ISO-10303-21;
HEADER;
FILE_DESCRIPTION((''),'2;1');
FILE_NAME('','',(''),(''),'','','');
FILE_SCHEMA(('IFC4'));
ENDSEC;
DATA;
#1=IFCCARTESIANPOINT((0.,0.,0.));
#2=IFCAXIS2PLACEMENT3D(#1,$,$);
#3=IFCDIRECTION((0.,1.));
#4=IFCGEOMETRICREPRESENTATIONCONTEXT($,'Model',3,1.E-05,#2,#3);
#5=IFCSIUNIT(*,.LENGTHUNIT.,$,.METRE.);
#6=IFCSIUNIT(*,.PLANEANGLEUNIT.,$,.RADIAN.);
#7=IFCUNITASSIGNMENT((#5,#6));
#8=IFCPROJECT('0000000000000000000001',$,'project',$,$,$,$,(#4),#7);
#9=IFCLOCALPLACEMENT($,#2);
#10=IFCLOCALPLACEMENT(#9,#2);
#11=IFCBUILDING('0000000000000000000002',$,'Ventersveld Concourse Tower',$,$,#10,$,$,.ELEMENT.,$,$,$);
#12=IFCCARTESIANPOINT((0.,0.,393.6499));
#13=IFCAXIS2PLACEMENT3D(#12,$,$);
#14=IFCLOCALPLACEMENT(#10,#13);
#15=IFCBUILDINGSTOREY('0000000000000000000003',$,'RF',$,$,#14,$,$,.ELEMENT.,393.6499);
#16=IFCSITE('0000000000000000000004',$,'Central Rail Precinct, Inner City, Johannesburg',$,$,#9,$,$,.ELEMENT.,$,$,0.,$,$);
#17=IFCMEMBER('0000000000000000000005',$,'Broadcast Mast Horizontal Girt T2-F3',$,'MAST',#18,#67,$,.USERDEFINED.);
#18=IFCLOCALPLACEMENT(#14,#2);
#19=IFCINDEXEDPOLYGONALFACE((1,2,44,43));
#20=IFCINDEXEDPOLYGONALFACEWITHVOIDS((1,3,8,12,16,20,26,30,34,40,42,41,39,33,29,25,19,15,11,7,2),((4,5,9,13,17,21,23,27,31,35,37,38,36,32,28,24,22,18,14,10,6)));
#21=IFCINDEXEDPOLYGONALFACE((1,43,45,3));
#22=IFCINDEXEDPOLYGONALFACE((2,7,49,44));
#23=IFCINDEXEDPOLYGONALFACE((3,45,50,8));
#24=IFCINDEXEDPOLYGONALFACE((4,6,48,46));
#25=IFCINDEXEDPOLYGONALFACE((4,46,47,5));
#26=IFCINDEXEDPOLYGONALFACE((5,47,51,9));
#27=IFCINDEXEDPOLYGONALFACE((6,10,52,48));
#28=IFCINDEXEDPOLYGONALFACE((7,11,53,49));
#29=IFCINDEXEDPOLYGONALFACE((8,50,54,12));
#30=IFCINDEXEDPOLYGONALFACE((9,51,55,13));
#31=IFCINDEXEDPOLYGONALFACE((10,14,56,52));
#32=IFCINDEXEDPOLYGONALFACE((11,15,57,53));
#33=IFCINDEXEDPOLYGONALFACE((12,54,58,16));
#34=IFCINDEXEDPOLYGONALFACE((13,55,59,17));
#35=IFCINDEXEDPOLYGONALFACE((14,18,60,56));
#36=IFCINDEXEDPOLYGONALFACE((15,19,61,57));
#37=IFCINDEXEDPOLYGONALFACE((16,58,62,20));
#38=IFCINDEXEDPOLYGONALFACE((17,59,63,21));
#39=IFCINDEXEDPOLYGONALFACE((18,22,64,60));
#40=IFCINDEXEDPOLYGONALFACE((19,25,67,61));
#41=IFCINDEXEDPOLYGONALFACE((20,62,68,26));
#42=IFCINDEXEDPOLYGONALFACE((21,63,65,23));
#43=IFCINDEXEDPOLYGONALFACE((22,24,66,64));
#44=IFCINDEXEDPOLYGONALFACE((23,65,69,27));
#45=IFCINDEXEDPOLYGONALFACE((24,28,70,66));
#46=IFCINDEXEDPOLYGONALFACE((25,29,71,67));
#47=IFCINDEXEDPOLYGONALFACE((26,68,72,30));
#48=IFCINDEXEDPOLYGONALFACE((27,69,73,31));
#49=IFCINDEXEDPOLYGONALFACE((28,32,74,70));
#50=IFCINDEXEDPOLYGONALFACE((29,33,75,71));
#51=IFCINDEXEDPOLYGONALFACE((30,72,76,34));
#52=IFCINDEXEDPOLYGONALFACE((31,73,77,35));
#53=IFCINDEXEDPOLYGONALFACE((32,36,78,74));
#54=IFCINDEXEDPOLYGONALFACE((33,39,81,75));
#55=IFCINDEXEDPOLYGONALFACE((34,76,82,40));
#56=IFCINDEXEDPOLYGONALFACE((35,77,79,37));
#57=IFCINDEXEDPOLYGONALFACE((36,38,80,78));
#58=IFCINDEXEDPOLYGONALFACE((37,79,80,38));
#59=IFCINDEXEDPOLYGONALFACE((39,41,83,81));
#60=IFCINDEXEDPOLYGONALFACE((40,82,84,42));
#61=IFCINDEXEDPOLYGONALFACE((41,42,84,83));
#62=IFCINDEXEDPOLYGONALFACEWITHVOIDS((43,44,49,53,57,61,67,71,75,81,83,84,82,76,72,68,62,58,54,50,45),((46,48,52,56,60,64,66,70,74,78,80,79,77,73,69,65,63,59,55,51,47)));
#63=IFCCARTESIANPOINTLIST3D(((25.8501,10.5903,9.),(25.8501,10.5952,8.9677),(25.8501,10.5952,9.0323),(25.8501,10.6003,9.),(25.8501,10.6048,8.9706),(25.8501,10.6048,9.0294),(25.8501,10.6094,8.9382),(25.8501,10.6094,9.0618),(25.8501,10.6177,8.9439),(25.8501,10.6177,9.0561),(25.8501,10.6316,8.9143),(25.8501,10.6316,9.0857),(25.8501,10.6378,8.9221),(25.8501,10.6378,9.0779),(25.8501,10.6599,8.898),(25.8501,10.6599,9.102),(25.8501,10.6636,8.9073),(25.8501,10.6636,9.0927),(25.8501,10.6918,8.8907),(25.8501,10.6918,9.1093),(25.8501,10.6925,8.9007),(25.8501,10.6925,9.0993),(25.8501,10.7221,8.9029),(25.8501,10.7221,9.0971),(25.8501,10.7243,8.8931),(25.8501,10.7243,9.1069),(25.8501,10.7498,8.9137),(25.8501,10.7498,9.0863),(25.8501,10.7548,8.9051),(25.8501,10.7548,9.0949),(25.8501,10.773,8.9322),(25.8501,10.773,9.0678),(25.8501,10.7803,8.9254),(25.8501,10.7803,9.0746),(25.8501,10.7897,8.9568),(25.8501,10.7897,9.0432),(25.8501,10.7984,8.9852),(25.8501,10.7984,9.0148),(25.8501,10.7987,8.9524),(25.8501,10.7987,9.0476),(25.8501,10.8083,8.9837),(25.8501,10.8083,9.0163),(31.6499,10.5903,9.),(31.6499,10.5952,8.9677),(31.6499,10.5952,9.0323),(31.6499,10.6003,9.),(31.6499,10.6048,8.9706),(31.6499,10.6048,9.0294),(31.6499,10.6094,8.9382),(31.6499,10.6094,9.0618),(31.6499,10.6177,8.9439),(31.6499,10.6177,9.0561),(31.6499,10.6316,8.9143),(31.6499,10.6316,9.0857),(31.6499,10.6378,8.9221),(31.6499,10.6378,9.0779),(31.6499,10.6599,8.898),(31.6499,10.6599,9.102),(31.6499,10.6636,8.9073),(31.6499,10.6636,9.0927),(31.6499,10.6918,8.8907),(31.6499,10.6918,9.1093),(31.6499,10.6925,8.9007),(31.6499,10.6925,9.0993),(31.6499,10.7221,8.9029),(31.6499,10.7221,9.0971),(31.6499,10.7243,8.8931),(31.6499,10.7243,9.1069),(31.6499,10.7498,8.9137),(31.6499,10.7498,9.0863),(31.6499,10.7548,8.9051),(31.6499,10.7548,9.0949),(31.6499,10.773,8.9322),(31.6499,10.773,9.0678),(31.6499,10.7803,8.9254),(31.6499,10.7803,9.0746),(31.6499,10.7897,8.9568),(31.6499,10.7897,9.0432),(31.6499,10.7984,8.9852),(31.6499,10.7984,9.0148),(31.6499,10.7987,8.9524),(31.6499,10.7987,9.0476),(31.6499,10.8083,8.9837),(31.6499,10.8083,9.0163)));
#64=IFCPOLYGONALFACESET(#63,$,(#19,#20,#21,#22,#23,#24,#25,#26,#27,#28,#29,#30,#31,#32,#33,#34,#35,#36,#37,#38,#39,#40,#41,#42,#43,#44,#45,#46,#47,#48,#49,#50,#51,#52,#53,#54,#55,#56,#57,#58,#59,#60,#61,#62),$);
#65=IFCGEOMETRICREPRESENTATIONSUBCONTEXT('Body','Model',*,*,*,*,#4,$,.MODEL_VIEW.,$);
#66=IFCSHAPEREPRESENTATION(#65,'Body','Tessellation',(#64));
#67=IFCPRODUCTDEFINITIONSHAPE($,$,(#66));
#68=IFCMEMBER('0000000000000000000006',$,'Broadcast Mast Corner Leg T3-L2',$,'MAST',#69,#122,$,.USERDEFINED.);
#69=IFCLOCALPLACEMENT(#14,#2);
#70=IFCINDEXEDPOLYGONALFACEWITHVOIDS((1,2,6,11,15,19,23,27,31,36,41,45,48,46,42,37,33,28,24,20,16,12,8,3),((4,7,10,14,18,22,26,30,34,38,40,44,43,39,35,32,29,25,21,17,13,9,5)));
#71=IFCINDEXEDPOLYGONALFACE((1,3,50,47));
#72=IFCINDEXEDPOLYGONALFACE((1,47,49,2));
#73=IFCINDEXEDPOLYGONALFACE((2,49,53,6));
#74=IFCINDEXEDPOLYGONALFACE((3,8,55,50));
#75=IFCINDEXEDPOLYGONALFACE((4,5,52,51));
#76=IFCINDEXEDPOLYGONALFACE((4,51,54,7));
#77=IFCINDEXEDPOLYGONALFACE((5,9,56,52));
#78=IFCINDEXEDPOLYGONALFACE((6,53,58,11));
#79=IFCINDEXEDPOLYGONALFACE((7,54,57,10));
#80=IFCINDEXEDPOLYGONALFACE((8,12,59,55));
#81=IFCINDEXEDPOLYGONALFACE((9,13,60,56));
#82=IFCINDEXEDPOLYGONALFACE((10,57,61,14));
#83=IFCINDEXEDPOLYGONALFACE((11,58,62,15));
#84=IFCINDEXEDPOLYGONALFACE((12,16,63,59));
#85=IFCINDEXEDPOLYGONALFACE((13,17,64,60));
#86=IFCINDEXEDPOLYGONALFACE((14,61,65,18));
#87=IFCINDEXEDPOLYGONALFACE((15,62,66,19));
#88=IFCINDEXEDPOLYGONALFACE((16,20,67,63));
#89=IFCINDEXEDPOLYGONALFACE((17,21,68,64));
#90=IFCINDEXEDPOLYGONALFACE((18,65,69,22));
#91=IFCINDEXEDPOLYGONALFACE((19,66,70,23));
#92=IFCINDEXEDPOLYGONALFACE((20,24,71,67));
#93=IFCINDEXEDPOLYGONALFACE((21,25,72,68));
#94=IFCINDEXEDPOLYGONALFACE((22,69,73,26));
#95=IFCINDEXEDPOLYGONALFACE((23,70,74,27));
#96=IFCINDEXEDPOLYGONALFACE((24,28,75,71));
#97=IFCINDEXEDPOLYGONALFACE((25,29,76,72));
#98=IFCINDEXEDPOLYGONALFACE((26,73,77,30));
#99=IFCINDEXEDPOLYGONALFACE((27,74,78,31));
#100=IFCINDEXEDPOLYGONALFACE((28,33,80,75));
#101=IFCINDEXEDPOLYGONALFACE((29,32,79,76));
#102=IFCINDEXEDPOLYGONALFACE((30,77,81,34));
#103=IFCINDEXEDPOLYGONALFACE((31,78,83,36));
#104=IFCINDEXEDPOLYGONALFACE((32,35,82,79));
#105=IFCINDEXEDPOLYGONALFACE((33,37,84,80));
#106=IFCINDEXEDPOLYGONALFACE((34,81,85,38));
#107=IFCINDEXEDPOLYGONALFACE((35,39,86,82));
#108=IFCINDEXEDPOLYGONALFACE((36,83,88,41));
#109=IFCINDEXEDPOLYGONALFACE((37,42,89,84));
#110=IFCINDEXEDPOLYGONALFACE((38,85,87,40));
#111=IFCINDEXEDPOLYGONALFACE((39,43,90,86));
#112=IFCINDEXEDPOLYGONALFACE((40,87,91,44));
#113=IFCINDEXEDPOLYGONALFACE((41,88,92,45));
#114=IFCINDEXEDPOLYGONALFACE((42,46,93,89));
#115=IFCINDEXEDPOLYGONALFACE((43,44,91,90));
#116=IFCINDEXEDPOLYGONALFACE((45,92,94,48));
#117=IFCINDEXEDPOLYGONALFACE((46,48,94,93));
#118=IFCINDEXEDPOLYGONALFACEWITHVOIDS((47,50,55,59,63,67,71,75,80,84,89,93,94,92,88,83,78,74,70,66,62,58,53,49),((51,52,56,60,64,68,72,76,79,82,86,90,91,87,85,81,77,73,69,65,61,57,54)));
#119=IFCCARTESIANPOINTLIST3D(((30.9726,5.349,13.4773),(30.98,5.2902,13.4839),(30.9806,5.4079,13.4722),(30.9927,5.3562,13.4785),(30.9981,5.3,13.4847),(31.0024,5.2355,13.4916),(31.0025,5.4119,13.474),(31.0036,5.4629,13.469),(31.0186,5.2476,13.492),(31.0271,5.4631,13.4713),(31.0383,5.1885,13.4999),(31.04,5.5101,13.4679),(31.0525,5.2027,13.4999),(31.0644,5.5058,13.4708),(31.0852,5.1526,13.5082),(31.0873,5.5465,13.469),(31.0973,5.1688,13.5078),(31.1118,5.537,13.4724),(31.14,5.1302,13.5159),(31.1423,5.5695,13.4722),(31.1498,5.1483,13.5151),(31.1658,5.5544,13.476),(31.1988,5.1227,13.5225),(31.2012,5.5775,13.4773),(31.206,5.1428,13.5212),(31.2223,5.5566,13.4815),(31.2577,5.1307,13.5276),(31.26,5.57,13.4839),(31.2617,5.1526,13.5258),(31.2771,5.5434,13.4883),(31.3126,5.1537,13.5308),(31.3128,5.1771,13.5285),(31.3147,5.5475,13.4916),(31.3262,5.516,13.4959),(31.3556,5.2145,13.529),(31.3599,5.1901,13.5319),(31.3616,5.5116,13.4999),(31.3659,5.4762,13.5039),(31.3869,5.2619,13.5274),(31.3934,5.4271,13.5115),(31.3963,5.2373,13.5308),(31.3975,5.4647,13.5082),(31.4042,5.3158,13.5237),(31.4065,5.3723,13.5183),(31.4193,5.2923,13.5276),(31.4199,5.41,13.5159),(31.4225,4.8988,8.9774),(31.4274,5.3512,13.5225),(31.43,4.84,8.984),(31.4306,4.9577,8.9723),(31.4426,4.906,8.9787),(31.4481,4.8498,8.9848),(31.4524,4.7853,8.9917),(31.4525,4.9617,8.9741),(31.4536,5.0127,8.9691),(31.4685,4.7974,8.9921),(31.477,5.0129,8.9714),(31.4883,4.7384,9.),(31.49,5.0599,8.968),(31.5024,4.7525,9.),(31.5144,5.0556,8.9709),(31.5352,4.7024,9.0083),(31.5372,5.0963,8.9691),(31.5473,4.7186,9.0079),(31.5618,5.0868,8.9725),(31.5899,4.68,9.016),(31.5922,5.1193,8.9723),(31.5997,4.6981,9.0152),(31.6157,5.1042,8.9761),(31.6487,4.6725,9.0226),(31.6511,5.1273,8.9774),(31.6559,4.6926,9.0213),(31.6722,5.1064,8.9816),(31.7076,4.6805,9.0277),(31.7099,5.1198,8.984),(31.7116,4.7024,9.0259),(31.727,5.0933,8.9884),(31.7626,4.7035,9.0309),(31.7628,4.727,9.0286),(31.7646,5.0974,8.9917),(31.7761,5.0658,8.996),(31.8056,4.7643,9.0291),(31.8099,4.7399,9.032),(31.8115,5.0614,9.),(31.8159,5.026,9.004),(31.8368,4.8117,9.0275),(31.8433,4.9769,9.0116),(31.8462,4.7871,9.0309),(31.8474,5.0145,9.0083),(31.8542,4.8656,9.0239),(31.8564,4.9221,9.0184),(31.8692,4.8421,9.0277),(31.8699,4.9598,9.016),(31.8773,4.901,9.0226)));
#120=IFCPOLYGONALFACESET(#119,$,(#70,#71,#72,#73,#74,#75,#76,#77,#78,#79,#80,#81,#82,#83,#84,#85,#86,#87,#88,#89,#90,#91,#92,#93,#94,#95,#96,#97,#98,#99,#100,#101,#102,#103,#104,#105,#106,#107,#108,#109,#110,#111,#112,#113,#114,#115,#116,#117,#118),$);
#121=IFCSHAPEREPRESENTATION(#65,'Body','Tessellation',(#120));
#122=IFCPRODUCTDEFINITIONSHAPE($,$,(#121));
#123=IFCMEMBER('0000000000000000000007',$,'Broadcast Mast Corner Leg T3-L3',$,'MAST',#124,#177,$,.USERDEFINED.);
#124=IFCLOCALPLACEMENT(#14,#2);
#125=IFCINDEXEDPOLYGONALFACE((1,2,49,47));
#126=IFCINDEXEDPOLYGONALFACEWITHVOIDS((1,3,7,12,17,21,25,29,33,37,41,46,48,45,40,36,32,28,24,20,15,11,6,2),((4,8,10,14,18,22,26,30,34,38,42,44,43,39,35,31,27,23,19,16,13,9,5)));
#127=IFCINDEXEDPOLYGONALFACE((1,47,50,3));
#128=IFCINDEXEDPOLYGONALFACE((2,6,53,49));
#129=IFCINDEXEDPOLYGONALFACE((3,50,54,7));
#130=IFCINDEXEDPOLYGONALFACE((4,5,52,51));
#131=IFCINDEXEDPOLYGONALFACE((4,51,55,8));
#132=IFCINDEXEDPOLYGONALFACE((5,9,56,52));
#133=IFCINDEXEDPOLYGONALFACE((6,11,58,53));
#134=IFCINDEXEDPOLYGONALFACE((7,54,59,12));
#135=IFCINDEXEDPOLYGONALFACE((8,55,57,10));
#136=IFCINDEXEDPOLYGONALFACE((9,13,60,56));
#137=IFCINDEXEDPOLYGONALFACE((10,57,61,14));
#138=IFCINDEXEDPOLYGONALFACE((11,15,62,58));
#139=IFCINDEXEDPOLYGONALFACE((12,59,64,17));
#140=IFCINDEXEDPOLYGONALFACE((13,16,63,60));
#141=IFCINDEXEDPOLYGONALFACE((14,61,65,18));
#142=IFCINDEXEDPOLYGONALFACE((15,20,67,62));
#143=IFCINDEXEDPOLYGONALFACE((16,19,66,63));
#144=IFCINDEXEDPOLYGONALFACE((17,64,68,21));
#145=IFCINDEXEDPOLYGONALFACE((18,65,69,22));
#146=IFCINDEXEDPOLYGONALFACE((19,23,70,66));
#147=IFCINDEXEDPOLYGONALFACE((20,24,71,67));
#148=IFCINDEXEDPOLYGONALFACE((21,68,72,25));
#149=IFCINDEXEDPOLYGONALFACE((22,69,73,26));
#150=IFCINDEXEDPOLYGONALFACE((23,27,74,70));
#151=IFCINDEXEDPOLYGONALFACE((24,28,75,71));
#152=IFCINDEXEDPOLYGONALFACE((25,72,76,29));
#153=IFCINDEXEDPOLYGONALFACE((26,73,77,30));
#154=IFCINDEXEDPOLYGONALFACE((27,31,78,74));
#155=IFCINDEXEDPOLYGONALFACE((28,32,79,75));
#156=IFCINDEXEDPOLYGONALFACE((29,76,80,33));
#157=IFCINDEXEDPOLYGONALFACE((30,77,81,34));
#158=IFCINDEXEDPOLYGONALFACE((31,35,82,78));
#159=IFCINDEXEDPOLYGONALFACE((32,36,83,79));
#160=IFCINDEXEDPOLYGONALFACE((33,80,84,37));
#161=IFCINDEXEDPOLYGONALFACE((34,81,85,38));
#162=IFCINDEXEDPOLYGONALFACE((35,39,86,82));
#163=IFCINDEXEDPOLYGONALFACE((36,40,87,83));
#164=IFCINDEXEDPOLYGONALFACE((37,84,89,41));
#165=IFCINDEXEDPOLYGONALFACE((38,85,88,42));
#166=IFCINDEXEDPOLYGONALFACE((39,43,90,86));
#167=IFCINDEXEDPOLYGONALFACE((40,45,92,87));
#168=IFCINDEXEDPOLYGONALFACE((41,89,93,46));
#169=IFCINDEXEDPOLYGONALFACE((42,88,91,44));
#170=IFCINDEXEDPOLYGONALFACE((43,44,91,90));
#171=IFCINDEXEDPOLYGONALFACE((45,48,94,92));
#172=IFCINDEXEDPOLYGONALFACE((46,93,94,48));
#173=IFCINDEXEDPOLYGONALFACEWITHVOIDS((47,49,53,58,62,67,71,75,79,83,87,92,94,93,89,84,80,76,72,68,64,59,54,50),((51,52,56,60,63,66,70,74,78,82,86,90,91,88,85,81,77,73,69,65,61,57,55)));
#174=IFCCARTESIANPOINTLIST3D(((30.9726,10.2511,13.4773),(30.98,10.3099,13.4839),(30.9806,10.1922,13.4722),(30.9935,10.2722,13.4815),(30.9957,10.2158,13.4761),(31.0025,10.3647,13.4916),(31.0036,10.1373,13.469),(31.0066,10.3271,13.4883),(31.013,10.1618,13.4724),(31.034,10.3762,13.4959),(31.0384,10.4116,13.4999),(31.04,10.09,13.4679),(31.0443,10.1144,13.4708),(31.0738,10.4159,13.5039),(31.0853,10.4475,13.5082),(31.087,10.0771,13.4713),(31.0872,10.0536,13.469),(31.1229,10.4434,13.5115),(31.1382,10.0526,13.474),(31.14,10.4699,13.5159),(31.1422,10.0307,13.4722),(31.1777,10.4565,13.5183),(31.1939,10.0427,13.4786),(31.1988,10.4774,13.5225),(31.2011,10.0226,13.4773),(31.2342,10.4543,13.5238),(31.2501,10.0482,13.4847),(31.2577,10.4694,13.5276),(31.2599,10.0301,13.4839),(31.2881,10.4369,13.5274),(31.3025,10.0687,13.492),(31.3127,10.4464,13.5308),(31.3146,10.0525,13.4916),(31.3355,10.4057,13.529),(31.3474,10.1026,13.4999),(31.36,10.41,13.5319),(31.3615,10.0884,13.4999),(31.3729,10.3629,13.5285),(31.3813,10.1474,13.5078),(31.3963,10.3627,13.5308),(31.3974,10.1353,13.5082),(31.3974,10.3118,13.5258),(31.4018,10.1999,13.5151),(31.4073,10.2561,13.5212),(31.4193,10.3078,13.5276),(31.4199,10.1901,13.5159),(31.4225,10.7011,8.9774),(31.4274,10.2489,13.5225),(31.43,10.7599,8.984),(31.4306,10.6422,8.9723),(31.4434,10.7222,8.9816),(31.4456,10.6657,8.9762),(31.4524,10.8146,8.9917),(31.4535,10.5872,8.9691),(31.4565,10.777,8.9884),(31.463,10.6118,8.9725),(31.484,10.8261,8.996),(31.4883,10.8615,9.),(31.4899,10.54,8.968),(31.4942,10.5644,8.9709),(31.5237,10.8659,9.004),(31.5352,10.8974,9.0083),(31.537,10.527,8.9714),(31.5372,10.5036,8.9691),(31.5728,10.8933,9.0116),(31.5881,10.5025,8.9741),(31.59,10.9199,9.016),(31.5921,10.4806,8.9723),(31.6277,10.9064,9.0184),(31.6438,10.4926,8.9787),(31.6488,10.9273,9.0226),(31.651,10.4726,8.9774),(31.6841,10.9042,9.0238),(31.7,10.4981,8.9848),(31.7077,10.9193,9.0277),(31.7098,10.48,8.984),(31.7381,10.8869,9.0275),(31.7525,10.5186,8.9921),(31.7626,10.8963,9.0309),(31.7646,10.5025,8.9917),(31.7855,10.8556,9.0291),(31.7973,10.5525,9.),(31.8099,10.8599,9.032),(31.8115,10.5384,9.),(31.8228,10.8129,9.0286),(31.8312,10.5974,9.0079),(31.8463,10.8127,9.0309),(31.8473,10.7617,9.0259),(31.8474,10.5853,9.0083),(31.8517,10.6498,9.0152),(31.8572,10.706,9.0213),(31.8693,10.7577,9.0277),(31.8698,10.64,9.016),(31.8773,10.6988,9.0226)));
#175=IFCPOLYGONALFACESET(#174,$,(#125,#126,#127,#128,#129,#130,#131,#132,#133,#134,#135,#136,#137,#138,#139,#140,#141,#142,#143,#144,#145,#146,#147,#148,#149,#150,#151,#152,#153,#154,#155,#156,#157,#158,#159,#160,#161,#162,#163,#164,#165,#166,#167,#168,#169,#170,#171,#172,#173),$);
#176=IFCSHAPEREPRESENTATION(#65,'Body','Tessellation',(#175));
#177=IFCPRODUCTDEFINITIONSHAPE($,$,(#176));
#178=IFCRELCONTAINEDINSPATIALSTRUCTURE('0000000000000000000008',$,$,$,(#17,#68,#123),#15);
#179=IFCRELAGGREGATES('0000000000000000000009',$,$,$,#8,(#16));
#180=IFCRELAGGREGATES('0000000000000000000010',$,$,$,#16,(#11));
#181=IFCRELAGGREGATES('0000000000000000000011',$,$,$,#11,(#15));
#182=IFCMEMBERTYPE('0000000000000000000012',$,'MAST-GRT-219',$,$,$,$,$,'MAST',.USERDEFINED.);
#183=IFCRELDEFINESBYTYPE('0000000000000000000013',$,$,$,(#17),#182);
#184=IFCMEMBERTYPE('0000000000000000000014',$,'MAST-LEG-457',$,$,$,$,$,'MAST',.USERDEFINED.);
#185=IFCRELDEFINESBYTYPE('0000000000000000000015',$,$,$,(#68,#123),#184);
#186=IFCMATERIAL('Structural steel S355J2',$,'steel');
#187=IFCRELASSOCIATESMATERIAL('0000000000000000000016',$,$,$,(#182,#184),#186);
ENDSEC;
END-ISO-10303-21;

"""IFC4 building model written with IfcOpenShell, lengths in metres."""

from ifc_helpers import new_model, si_unit, direction, frame, origin, origin_2d, place, context, subcontext, project, spatial, hollow_circle, extrude, material, material_profile, profile_set, type_object, element, save


model = new_model("IFC4")

# Units and contexts
model_context = context("Model", 3, precision=1e-05, world=origin(), true_north=direction((0.0, 1.0)))
body_context = subcontext(model_context, "Body", "Model", "MODEL_VIEW")
ifc_project = project(units=[si_unit("LENGTHUNIT", "METRE"), si_unit("PLANEANGLEUNIT", "RADIAN")], contexts=[model_context])

# Site, building, storey
site_placement = place(None, origin())
site = spatial("IfcSite", under=ifc_project, at=site_placement, Name="Central Rail Precinct, Inner City, Johannesburg", CompositionType="ELEMENT", RefElevation=0.0)
building_placement = place(site_placement, origin())
building = spatial("IfcBuilding", under=site, at=building_placement, Name="Ventersveld Concourse Tower", CompositionType="ELEMENT")
storey_placement = place(building_placement, frame((0.0, 0.0, 393.6499)))
storey = spatial("IfcBuildingStorey", under=building, at=storey_placement, Name="RF", CompositionType="ELEMENT", Elevation=393.6499)

# Members
ifc_material_1 = material(Name="Structural steel S355J2", Category="steel")
ifc_material_profile_1 = material_profile(ifc_material_1, hollow_circle(Radius=0.1096, WallThickness=0.01, at=origin_2d()), Name="CHS 219.1x10")
ifc_profile_set_1 = profile_set([ifc_material_profile_1], Name="Structural steel S355J2")
member_type_1 = type_object("IfcMemberType", Name="MAST-GRT-219", ElementType="MAST", PredefinedType="USERDEFINED", material=ifc_profile_set_1)
member_1_placement = place(storey_placement, frame((31.6499, 10.7, 9.0), z_axis=(-1.0, 0.0, 0.0), x_axis=(0.0, -1.0, 0.0)))
element("IfcMember", 1, at=member_1_placement, inside=storey, type_object=member_type_1, Name="Broadcast Mast Horizontal Girt T2-F3", ObjectType="MAST", PredefinedType="USERDEFINED", context=body_context, shape_type="SweptSolid", body=[
    extrude(hollow_circle(Radius=0.1096, WallThickness=0.01, at=origin_2d()), origin(), (0.0, 0.0, 1.0), 5.7998),
])
ifc_material_profile_2 = material_profile(ifc_material_1, hollow_circle(Radius=0.2285, WallThickness=0.02, at=origin_2d()), Name="CHS 457x20")
ifc_profile_set_2 = profile_set([ifc_material_profile_2], Name="Structural steel S355J2")
member_type_2 = type_object("IfcMemberType", Name="MAST-LEG-457", ElementType="MAST", PredefinedType="USERDEFINED", material=ifc_profile_set_2)
for number, where, z_axis, x_axis, name in (
    (2, (31.6499, 4.8999, 9.0), (-0.099004, 0.099057, 0.990144), (-0.707299, -0.706915, 0.0), "Broadcast Mast Corner Leg T3-L2"),
    (3, (31.6499, 10.7, 9.0), (-0.099004, -0.099004, 0.99015), (0.707107, -0.707107, 0.0), "Broadcast Mast Corner Leg T3-L3"),
):
    element("IfcMember", number, at=place(storey_placement, frame(where, z_axis=z_axis, x_axis=x_axis)), inside=storey, type_object=member_type_2, Name=name, ObjectType="MAST", PredefinedType="USERDEFINED", context=body_context, shape_type="SweptSolid", body=[
        extrude(hollow_circle(Radius=0.2285, WallThickness=0.02, at=origin_2d()), origin(), (0.0, 0.0, 1.0), 4.5447),
    ])

save(model, "model.ifc")
